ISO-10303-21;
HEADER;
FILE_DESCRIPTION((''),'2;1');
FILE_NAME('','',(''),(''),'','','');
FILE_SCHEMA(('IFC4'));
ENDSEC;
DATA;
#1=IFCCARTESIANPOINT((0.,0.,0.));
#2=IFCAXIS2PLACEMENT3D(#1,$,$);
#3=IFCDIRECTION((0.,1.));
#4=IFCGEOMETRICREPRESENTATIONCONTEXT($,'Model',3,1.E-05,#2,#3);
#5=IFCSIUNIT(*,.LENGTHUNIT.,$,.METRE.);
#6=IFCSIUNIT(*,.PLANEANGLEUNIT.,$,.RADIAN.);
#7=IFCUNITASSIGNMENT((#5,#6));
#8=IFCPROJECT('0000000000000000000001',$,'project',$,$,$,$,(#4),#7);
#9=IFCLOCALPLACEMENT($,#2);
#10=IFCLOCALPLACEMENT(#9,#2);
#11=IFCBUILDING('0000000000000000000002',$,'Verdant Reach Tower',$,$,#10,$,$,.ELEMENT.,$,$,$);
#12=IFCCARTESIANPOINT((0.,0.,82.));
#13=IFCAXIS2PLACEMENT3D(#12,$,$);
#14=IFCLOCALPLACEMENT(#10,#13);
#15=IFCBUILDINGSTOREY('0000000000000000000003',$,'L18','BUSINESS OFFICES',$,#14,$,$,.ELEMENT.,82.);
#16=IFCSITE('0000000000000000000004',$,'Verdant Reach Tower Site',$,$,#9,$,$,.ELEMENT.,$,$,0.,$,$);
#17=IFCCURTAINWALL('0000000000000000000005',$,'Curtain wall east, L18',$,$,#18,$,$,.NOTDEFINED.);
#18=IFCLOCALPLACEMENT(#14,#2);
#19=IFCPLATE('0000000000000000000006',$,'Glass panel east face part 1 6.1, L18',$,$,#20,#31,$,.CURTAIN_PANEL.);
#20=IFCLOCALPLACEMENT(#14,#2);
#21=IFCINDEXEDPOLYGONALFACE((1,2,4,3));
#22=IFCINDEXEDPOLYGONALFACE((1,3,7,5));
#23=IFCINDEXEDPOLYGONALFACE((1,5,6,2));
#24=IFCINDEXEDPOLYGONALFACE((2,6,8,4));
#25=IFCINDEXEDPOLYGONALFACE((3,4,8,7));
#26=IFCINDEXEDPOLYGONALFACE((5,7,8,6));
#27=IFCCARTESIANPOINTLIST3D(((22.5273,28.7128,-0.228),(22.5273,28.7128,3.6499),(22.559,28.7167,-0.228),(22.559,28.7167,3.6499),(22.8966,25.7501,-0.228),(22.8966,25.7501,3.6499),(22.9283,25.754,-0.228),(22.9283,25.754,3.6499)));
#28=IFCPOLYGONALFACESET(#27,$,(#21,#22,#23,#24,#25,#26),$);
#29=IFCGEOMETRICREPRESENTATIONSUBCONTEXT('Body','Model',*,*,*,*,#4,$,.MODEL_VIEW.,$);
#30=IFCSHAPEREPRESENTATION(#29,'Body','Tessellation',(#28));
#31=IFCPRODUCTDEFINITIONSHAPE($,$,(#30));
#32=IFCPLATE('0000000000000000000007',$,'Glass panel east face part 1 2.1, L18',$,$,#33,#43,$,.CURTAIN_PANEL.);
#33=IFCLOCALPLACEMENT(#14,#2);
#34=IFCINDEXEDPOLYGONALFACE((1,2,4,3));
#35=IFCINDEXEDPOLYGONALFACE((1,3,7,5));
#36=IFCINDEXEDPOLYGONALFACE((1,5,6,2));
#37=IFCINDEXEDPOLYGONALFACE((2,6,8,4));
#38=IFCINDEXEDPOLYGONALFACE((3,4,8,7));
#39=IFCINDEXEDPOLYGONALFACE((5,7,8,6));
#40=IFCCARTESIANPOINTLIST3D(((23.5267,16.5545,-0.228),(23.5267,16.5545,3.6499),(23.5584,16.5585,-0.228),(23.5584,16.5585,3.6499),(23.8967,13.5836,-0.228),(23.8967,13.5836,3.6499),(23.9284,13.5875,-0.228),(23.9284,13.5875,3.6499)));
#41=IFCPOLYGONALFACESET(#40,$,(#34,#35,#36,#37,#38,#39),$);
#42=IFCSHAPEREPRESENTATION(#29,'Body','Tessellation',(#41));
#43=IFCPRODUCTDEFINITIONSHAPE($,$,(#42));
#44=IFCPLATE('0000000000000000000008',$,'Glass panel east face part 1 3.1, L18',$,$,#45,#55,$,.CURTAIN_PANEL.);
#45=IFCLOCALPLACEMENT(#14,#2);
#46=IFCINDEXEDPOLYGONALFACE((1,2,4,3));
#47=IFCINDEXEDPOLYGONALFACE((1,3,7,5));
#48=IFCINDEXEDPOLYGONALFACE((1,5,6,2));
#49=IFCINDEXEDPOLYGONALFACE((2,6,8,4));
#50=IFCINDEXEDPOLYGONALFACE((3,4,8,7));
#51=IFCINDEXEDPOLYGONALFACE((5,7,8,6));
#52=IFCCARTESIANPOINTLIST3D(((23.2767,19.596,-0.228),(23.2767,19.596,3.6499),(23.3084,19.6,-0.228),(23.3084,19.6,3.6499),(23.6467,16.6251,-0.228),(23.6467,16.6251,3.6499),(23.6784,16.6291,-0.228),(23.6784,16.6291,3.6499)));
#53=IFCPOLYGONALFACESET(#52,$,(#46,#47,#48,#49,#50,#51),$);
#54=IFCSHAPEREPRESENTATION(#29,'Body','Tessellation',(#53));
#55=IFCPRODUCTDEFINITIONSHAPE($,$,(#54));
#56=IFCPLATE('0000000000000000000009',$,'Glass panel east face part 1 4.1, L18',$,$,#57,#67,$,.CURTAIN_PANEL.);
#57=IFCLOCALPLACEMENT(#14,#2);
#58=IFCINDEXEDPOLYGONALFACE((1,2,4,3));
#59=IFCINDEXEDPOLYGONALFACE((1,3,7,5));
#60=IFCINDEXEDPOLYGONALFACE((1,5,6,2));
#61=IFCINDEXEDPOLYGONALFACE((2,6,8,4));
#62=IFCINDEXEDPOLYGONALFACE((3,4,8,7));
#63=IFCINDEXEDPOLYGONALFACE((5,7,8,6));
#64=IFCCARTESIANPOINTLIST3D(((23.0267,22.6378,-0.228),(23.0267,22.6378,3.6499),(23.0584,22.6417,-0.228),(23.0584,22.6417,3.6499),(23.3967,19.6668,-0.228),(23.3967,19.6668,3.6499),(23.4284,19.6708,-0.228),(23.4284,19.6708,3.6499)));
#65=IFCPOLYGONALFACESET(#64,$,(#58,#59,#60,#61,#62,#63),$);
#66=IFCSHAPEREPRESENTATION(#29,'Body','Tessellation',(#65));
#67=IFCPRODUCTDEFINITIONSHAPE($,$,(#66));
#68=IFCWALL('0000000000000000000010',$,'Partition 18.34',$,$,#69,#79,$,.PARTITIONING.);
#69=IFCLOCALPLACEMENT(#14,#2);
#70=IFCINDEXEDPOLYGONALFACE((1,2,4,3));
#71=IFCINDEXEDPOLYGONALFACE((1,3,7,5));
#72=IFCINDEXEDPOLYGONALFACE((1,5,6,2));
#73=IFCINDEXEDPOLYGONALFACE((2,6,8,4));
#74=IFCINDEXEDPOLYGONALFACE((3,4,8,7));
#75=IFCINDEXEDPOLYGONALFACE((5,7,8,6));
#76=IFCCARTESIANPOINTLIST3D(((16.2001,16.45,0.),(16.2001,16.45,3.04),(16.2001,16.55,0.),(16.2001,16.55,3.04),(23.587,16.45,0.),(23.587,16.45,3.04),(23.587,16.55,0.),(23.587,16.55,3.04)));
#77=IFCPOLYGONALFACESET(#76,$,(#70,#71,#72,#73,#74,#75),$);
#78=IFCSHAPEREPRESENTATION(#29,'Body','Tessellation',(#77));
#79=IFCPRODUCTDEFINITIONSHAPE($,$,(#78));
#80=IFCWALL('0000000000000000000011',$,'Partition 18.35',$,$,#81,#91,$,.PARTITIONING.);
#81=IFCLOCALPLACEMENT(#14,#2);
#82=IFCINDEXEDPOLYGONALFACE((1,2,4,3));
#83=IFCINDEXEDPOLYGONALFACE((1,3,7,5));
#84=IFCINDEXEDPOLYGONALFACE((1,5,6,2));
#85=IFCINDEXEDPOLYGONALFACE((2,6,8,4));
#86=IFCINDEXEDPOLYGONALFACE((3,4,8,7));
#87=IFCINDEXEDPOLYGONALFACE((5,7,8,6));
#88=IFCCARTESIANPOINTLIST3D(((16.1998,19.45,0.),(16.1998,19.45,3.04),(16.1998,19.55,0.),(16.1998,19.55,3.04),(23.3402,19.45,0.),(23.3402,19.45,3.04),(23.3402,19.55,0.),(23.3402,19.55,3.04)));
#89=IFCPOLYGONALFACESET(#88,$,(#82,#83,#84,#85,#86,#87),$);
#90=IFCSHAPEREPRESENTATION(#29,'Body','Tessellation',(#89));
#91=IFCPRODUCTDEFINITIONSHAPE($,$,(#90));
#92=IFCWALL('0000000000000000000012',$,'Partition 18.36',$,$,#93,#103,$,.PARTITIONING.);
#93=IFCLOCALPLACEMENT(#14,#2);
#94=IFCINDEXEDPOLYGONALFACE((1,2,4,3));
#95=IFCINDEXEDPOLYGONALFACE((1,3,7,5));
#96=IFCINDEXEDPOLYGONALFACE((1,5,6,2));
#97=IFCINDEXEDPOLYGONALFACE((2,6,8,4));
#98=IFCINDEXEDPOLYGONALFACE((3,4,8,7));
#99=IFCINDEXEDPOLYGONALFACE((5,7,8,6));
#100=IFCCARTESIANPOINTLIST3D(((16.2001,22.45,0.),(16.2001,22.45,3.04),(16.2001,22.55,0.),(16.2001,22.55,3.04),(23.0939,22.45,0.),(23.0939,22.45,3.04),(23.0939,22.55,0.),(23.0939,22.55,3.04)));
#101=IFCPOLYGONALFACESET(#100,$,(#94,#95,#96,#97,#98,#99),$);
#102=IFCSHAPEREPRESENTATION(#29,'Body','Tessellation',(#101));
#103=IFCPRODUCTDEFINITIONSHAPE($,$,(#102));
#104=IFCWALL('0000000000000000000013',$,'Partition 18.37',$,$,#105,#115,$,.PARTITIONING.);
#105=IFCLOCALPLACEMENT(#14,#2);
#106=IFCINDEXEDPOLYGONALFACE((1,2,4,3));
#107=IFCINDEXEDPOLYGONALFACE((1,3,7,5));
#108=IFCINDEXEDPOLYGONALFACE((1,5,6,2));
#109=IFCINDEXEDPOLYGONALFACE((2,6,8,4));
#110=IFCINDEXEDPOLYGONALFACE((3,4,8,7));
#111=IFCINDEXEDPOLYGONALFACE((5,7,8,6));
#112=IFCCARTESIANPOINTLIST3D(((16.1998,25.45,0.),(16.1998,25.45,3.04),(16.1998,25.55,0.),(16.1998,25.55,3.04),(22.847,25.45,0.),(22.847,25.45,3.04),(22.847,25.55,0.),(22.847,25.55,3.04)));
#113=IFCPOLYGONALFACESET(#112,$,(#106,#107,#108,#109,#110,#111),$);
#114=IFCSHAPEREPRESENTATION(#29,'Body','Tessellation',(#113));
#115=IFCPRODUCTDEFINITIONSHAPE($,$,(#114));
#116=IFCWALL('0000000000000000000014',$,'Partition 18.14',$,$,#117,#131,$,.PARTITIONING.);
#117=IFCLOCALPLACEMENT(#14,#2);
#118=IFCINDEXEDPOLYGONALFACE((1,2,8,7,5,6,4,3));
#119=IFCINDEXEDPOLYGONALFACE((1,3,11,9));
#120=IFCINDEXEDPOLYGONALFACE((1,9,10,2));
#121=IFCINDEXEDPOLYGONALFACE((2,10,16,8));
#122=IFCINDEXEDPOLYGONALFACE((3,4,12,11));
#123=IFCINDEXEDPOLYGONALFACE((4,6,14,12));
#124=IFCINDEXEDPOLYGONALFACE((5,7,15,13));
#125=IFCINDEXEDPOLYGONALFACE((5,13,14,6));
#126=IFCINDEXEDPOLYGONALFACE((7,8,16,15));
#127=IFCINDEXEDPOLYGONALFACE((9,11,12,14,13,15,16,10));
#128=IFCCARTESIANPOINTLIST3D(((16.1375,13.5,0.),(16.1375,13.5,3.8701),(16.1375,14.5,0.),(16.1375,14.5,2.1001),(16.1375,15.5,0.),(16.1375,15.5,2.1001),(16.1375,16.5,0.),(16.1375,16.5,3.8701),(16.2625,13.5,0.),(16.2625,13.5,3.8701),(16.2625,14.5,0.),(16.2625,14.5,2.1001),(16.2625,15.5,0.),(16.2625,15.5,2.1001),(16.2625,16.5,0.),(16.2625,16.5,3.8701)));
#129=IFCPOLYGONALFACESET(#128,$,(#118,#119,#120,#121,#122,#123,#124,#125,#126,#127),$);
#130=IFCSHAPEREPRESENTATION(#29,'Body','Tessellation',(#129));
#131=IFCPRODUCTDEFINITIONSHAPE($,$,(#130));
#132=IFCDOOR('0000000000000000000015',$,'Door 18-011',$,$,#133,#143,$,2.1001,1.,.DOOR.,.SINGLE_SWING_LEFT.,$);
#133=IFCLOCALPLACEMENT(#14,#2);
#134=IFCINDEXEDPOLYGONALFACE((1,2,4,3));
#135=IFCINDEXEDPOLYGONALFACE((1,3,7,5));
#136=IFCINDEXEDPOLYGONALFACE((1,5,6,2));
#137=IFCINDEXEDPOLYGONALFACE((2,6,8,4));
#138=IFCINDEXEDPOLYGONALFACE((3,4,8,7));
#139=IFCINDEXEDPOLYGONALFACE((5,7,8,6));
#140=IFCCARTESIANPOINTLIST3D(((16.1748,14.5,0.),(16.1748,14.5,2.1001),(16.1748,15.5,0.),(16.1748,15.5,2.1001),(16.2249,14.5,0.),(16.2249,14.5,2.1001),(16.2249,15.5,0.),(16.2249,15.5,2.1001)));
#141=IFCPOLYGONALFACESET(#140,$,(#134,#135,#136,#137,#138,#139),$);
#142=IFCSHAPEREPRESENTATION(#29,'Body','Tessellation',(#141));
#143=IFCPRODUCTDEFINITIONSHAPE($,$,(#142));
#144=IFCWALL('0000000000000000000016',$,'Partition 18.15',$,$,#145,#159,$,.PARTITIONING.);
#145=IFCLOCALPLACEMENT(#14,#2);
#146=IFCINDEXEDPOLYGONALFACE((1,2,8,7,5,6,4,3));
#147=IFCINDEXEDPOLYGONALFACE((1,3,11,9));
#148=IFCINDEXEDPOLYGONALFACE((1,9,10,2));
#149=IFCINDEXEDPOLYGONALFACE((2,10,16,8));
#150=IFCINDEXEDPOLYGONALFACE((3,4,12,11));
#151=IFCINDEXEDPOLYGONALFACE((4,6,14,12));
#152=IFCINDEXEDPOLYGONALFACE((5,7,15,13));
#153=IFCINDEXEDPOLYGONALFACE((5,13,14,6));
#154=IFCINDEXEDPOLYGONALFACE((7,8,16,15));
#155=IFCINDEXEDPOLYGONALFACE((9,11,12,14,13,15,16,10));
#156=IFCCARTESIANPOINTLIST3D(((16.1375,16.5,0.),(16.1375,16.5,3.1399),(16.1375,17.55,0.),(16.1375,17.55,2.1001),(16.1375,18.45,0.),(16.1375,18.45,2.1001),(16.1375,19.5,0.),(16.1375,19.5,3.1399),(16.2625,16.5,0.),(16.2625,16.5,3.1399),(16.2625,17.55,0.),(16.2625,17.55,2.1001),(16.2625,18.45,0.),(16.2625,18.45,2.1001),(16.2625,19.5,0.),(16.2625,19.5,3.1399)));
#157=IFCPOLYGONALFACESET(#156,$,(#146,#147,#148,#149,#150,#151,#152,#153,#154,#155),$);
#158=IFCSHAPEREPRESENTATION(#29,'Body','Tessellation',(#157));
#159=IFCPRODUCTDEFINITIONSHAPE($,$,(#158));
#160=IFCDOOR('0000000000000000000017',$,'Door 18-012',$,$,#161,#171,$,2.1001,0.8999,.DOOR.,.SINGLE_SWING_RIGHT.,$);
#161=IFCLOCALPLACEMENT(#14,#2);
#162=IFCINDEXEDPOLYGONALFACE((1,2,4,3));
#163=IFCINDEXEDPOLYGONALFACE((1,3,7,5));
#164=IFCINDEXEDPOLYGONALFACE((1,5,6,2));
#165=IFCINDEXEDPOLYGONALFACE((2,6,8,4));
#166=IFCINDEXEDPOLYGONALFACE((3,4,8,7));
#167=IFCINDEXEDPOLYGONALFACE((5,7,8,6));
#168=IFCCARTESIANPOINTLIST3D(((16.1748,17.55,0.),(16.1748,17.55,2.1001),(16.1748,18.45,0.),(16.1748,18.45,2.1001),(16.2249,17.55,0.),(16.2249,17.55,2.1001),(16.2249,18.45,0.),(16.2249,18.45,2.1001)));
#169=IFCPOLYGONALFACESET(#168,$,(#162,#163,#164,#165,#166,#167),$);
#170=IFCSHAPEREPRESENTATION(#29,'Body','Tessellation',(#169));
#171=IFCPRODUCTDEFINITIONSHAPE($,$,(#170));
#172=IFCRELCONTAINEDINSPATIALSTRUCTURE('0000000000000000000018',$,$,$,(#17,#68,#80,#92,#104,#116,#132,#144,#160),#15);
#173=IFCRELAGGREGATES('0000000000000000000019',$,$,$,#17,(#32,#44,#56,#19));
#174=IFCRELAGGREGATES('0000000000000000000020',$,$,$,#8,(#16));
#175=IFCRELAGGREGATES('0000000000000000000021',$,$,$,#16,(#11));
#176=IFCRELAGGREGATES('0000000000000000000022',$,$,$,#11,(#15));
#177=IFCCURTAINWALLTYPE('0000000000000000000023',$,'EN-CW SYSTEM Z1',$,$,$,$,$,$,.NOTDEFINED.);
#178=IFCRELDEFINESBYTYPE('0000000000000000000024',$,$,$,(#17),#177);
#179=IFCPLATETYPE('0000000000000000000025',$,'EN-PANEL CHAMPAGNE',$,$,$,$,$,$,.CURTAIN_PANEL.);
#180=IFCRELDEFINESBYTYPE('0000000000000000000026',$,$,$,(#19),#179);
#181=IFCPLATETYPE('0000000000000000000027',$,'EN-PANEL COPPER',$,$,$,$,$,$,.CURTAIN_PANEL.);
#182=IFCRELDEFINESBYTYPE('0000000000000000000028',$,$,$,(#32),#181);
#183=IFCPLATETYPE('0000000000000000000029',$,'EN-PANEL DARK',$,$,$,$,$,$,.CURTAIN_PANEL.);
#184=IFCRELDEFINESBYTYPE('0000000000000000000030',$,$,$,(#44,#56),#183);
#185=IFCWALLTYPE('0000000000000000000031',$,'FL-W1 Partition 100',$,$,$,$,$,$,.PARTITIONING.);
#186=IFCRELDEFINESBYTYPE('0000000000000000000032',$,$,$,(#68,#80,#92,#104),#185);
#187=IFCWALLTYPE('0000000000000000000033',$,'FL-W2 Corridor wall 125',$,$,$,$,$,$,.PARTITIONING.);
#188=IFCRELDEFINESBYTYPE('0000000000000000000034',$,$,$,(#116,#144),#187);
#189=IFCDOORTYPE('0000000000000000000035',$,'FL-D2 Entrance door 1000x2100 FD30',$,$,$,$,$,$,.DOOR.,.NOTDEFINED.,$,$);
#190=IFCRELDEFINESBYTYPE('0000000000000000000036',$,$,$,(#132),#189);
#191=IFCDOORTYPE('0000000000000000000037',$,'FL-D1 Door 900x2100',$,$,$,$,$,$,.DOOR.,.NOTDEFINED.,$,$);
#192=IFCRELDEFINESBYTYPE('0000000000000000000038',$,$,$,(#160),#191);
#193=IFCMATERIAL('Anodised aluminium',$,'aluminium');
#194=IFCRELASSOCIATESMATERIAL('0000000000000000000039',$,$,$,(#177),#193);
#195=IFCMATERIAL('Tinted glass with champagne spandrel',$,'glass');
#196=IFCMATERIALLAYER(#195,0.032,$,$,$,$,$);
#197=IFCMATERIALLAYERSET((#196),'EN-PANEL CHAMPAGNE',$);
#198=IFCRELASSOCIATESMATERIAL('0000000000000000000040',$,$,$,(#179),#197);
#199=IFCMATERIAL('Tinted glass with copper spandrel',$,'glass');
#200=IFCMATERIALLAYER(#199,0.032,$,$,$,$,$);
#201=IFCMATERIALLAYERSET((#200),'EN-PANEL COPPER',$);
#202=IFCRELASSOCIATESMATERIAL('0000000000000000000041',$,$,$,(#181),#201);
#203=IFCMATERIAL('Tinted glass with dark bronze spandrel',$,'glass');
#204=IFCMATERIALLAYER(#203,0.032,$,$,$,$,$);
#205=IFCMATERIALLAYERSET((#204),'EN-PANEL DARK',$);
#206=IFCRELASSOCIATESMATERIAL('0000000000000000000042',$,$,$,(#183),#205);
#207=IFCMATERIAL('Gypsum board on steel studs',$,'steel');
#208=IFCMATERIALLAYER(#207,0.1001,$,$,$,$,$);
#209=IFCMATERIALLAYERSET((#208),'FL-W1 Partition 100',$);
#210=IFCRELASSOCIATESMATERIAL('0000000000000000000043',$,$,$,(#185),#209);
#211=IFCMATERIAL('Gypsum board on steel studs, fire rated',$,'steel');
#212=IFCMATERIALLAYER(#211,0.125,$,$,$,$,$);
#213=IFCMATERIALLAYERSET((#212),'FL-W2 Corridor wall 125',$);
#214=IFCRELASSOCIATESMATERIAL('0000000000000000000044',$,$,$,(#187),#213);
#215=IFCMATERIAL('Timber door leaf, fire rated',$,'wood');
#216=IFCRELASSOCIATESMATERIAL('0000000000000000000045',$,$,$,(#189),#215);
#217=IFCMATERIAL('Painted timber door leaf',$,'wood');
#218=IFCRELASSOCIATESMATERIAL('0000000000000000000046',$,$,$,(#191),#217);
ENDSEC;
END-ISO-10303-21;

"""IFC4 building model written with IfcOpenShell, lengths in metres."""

from ifc_helpers import new_model, si_unit, direction, frame, frame_2d, origin, origin_2d, place, context, subcontext, project, spatial, rectangle, extrude, material, layer, layer_set, type_object, element, fill, aggregate, save


model = new_model("IFC4")

# Units and contexts
model_context = context("Model", 3, precision=1e-05, world=origin(), true_north=direction((0.0, 1.0)))
body_context = subcontext(model_context, "Body", "Model", "MODEL_VIEW")
ifc_project = project(units=[si_unit("LENGTHUNIT", "METRE"), si_unit("PLANEANGLEUNIT", "RADIAN")], contexts=[model_context])

# Site, building, storey
site_placement = place(None, origin())
site = spatial("IfcSite", under=ifc_project, at=site_placement, Name="Verdant Reach Tower Site", CompositionType="ELEMENT", RefElevation=0.0)
building_placement = place(site_placement, origin())
building = spatial("IfcBuilding", under=site, at=building_placement, Name="Verdant Reach Tower", CompositionType="ELEMENT")
storey_placement = place(building_placement, frame((0.0, 0.0, 82.0)))
storey = spatial("IfcBuildingStorey", under=building, at=storey_placement, Name="L18", Description="BUSINESS OFFICES", CompositionType="ELEMENT", Elevation=82.0)

# Curtain wall
ifc_material_1 = material(Name="Anodised aluminium", Category="aluminium")
curtain_wall_type = type_object("IfcCurtainWallType", Name="EN-CW SYSTEM Z1", PredefinedType="NOTDEFINED", material=ifc_material_1)
curtain_wall_placement = place(storey_placement, origin())
curtain_wall = element("IfcCurtainWall", 1, at=curtain_wall_placement, inside=storey, type_object=curtain_wall_type, Name="Curtain wall east, L18", PredefinedType="NOTDEFINED")

# Plates
ifc_material_2 = material(Name="Tinted glass with champagne spandrel", Category="glass")
ifc_layer_1 = layer(ifc_material_2, 0.032)
ifc_layer_set_1 = layer_set([ifc_layer_1], Name="EN-PANEL CHAMPAGNE")
plate_type_1 = type_object("IfcPlateType", Name="EN-PANEL CHAMPAGNE", PredefinedType="CURTAIN_PANEL", material=ifc_layer_set_1)
plate_1_placement = place(storey_placement, frame((22.7278, 27.2334, -0.228), z_axis=(0.0, 0.0, 1.0), x_axis=(-0.123691, 0.992321, 0.0)))
plate_1 = element("IfcPlate", 2, at=plate_1_placement, type_object=plate_type_1, Name="Glass panel east face part 1 6.1, L18", PredefinedType="CURTAIN_PANEL", context=body_context, shape_type="SweptSolid", body=[
    extrude(rectangle(XDim=2.9856, YDim=0.032, at=origin_2d()), origin(), (0.0, 0.0, 1.0), 3.8779),
])
ifc_material_3 = material(Name="Tinted glass with copper spandrel", Category="glass")
ifc_layer_2 = layer(ifc_material_3, 0.032)
ifc_layer_set_2 = layer_set([ifc_layer_2], Name="EN-PANEL COPPER")
plate_type_2 = type_object("IfcPlateType", Name="EN-PANEL COPPER", PredefinedType="CURTAIN_PANEL", material=ifc_layer_set_2)
plate_2_placement = place(storey_placement, frame((23.7275, 15.071, -0.228), z_axis=(0.0, 0.0, 1.0), x_axis=(-0.123579, 0.992335, 0.0)))
plate_2 = element("IfcPlate", 3, at=plate_2_placement, type_object=plate_type_2, Name="Glass panel east face part 1 2.1, L18", PredefinedType="CURTAIN_PANEL", context=body_context, shape_type="SweptSolid", body=[
    extrude(rectangle(XDim=2.9939, YDim=0.032, at=origin_2d()), origin(), (0.0, 0.0, 1.0), 3.8779),
])
ifc_material_4 = material(Name="Tinted glass with dark bronze spandrel", Category="glass")
ifc_layer_3 = layer(ifc_material_4, 0.032)
ifc_layer_set_3 = layer_set([ifc_layer_3], Name="EN-PANEL DARK")
plate_type_3 = type_object("IfcPlateType", Name="EN-PANEL DARK", PredefinedType="CURTAIN_PANEL", material=ifc_layer_set_3)
plate_3_placement = place(storey_placement, frame((23.4775, 18.1125, -0.228), z_axis=(0.0, 0.0, 1.0), x_axis=(-0.123579, 0.992335, 0.0)))
plate_3 = element("IfcPlate", 4, at=plate_3_placement, type_object=plate_type_3, Name="Glass panel east face part 1 3.1, L18", PredefinedType="CURTAIN_PANEL", context=body_context, shape_type="SweptSolid", body=[
    extrude(rectangle(XDim=2.9939, YDim=0.032, at=origin_2d()), origin(), (0.0, 0.0, 1.0), 3.8779),
])
plate_4_placement = place(storey_placement, frame((23.2275, 21.1543, -0.228), z_axis=(0.0, 0.0, 1.0), x_axis=(-0.123579, 0.992335, 0.0)))
plate_4 = element("IfcPlate", 5, at=plate_4_placement, type_object=plate_type_3, Name="Glass panel east face part 1 4.1, L18", PredefinedType="CURTAIN_PANEL", context=body_context, shape_type="SweptSolid", body=[
    extrude(rectangle(XDim=2.9939, YDim=0.032, at=origin_2d()), origin(), (0.0, 0.0, 1.0), 3.8779),
])
aggregate(curtain_wall, [plate_2, plate_3, plate_4, plate_1])

# Walls
ifc_material_5 = material(Name="Gypsum board on steel studs", Category="steel")
ifc_layer_4 = layer(ifc_material_5, 0.1001)
ifc_layer_set_4 = layer_set([ifc_layer_4], Name="FL-W1 Partition 100")
wall_type_1 = type_object("IfcWallType", Name="FL-W1 Partition 100", PredefinedType="PARTITIONING", material=ifc_layer_set_4)
wall_1_placement = place(storey_placement, frame((23.5869, 16.5, 0.0), z_axis=(0.0, 0.0, 1.0), x_axis=(-1.0, 0.0, 0.0)))
element("IfcWall", 6, at=wall_1_placement, inside=storey, type_object=wall_type_1, Name="Partition 18.34", PredefinedType="PARTITIONING", context=body_context, shape_type="SweptSolid", body=[
    extrude(rectangle(XDim=7.387, YDim=0.1001, at=frame_2d((3.6934, 0.0))), origin(), (0.0, 0.0, 1.0), 3.04),
])
wall_2_placement = place(storey_placement, frame((23.3403, 19.5, 0.0), z_axis=(0.0, 0.0, 1.0), x_axis=(-1.0, 0.0, 0.0)))
element("IfcWall", 7, at=wall_2_placement, inside=storey, type_object=wall_type_1, Name="Partition 18.35", PredefinedType="PARTITIONING", context=body_context, shape_type="SweptSolid", body=[
    extrude(rectangle(XDim=7.1404, YDim=0.1001, at=frame_2d((3.5703, 0.0))), origin(), (0.0, 0.0, 1.0), 3.04),
])
wall_3_placement = place(storey_placement, frame((23.0938, 22.5, 0.0), z_axis=(0.0, 0.0, 1.0), x_axis=(-1.0, 0.0, 0.0)))
element("IfcWall", 8, at=wall_3_placement, inside=storey, type_object=wall_type_1, Name="Partition 18.36", PredefinedType="PARTITIONING", context=body_context, shape_type="SweptSolid", body=[
    extrude(rectangle(XDim=6.8938, YDim=0.1001, at=frame_2d((3.4468, 0.0))), origin(), (0.0, 0.0, 1.0), 3.04),
])
wall_4_placement = place(storey_placement, frame((22.8472, 25.5, 0.0), z_axis=(0.0, 0.0, 1.0), x_axis=(-1.0, 0.0, 0.0)))
element("IfcWall", 9, at=wall_4_placement, inside=storey, type_object=wall_type_1, Name="Partition 18.37", PredefinedType="PARTITIONING", context=body_context, shape_type="SweptSolid", body=[
    extrude(rectangle(XDim=6.6472, YDim=0.1001, at=frame_2d((3.3237, 0.0))), origin(), (0.0, 0.0, 1.0), 3.04),
])

# Walls, openings, doors
ifc_material_6 = material(Name="Gypsum board on steel studs, fire rated", Category="steel")
ifc_layer_5 = layer(ifc_material_6, 0.125)
ifc_layer_set_5 = layer_set([ifc_layer_5], Name="FL-W2 Corridor wall 125")
wall_type_2 = type_object("IfcWallType", Name="FL-W2 Corridor wall 125", PredefinedType="PARTITIONING", material=ifc_layer_set_5)
wall_5_placement = place(storey_placement, frame((16.2, 16.5, 0.0), z_axis=(0.0, 0.0, 1.0), x_axis=(0.0, -1.0, 0.0)))
wall_5 = element("IfcWall", 10, at=wall_5_placement, inside=storey, type_object=wall_type_2, Name="Partition 18.14", PredefinedType="PARTITIONING", context=body_context, shape_type="SweptSolid", body=[
    extrude(rectangle(XDim=3.0, YDim=0.125, at=frame_2d((1.5, 0.0))), origin(), (0.0, 0.0, 1.0), 3.8701),
])
opening_1_placement = place(wall_5_placement, frame((1.0, 0.0, 0.0)))
opening_1 = element("IfcOpeningElement", 11, at=opening_1_placement, cuts=wall_5, PredefinedType="OPENING", context=body_context, shape_type="SweptSolid", body=[
    extrude(rectangle(XDim=1.0, YDim=2.1001, at=frame_2d((0.5, 1.05))), frame((0.0, 0.0725, 0.0), z_axis=(0.0, -1.0, 0.0), x_axis=(1.0, 0.0, 0.0)), (0.0, 0.0, 1.0), 0.145),
])
ifc_material_7 = material(Name="Timber door leaf, fire rated", Category="wood")
door_type_1 = type_object("IfcDoorType", Name="FL-D2 Entrance door 1000x2100 FD30", OperationType="NOTDEFINED", PredefinedType="DOOR", material=ifc_material_7)
door_1_placement = place(opening_1_placement, origin())
door_1 = element("IfcDoor", 12, at=door_1_placement, inside=storey, type_object=door_type_1, Name="Door 18-011", OperationType="SINGLE_SWING_LEFT", OverallHeight=2.1001, OverallWidth=1.0, PredefinedType="DOOR", context=body_context, shape_type="SweptSolid", body=[
    extrude(rectangle(XDim=1.0, YDim=2.1001, at=frame_2d((0.5, 1.05))), frame((0.0, 0.0249, 0.0), z_axis=(0.0, -1.0, 0.0), x_axis=(1.0, 0.0, 0.0)), (0.0, 0.0, 1.0), 0.05),
])
fill(opening_1, door_1)
wall_6_placement = place(storey_placement, frame((16.2, 19.5, 0.0), z_axis=(0.0, 0.0, 1.0), x_axis=(0.0, -1.0, 0.0)))
wall_6 = element("IfcWall", 13, at=wall_6_placement, inside=storey, type_object=wall_type_2, Name="Partition 18.15", PredefinedType="PARTITIONING", context=body_context, shape_type="SweptSolid", body=[
    extrude(rectangle(XDim=3.0, YDim=0.125, at=frame_2d((1.5, 0.0))), origin(), (0.0, 0.0, 1.0), 3.1399),
])
opening_2_placement = place(wall_6_placement, frame((1.05, 0.0, 0.0)))
opening_2 = element("IfcOpeningElement", 14, at=opening_2_placement, cuts=wall_6, PredefinedType="OPENING", context=body_context, shape_type="SweptSolid", body=[
    extrude(rectangle(XDim=0.8999, YDim=2.1001, at=frame_2d((0.45, 1.05))), frame((0.0, 0.0725, 0.0), z_axis=(0.0, -1.0, 0.0), x_axis=(1.0, 0.0, 0.0)), (0.0, 0.0, 1.0), 0.145),
])
ifc_material_8 = material(Name="Painted timber door leaf", Category="wood")
door_type_2 = type_object("IfcDoorType", Name="FL-D1 Door 900x2100", OperationType="NOTDEFINED", PredefinedType="DOOR", material=ifc_material_8)
door_2_placement = place(opening_2_placement, origin())
door_2 = element("IfcDoor", 15, at=door_2_placement, inside=storey, type_object=door_type_2, Name="Door 18-012", OperationType="SINGLE_SWING_RIGHT", OverallHeight=2.1001, OverallWidth=0.8999, PredefinedType="DOOR", context=body_context, shape_type="SweptSolid", body=[
    extrude(rectangle(XDim=0.8999, YDim=2.1001, at=frame_2d((0.45, 1.05))), frame((0.0, 0.0249, 0.0), z_axis=(0.0, -1.0, 0.0), x_axis=(1.0, 0.0, 0.0)), (0.0, 0.0, 1.0), 0.05),
])
fill(opening_2, door_2)

save(model, "model.ifc")
